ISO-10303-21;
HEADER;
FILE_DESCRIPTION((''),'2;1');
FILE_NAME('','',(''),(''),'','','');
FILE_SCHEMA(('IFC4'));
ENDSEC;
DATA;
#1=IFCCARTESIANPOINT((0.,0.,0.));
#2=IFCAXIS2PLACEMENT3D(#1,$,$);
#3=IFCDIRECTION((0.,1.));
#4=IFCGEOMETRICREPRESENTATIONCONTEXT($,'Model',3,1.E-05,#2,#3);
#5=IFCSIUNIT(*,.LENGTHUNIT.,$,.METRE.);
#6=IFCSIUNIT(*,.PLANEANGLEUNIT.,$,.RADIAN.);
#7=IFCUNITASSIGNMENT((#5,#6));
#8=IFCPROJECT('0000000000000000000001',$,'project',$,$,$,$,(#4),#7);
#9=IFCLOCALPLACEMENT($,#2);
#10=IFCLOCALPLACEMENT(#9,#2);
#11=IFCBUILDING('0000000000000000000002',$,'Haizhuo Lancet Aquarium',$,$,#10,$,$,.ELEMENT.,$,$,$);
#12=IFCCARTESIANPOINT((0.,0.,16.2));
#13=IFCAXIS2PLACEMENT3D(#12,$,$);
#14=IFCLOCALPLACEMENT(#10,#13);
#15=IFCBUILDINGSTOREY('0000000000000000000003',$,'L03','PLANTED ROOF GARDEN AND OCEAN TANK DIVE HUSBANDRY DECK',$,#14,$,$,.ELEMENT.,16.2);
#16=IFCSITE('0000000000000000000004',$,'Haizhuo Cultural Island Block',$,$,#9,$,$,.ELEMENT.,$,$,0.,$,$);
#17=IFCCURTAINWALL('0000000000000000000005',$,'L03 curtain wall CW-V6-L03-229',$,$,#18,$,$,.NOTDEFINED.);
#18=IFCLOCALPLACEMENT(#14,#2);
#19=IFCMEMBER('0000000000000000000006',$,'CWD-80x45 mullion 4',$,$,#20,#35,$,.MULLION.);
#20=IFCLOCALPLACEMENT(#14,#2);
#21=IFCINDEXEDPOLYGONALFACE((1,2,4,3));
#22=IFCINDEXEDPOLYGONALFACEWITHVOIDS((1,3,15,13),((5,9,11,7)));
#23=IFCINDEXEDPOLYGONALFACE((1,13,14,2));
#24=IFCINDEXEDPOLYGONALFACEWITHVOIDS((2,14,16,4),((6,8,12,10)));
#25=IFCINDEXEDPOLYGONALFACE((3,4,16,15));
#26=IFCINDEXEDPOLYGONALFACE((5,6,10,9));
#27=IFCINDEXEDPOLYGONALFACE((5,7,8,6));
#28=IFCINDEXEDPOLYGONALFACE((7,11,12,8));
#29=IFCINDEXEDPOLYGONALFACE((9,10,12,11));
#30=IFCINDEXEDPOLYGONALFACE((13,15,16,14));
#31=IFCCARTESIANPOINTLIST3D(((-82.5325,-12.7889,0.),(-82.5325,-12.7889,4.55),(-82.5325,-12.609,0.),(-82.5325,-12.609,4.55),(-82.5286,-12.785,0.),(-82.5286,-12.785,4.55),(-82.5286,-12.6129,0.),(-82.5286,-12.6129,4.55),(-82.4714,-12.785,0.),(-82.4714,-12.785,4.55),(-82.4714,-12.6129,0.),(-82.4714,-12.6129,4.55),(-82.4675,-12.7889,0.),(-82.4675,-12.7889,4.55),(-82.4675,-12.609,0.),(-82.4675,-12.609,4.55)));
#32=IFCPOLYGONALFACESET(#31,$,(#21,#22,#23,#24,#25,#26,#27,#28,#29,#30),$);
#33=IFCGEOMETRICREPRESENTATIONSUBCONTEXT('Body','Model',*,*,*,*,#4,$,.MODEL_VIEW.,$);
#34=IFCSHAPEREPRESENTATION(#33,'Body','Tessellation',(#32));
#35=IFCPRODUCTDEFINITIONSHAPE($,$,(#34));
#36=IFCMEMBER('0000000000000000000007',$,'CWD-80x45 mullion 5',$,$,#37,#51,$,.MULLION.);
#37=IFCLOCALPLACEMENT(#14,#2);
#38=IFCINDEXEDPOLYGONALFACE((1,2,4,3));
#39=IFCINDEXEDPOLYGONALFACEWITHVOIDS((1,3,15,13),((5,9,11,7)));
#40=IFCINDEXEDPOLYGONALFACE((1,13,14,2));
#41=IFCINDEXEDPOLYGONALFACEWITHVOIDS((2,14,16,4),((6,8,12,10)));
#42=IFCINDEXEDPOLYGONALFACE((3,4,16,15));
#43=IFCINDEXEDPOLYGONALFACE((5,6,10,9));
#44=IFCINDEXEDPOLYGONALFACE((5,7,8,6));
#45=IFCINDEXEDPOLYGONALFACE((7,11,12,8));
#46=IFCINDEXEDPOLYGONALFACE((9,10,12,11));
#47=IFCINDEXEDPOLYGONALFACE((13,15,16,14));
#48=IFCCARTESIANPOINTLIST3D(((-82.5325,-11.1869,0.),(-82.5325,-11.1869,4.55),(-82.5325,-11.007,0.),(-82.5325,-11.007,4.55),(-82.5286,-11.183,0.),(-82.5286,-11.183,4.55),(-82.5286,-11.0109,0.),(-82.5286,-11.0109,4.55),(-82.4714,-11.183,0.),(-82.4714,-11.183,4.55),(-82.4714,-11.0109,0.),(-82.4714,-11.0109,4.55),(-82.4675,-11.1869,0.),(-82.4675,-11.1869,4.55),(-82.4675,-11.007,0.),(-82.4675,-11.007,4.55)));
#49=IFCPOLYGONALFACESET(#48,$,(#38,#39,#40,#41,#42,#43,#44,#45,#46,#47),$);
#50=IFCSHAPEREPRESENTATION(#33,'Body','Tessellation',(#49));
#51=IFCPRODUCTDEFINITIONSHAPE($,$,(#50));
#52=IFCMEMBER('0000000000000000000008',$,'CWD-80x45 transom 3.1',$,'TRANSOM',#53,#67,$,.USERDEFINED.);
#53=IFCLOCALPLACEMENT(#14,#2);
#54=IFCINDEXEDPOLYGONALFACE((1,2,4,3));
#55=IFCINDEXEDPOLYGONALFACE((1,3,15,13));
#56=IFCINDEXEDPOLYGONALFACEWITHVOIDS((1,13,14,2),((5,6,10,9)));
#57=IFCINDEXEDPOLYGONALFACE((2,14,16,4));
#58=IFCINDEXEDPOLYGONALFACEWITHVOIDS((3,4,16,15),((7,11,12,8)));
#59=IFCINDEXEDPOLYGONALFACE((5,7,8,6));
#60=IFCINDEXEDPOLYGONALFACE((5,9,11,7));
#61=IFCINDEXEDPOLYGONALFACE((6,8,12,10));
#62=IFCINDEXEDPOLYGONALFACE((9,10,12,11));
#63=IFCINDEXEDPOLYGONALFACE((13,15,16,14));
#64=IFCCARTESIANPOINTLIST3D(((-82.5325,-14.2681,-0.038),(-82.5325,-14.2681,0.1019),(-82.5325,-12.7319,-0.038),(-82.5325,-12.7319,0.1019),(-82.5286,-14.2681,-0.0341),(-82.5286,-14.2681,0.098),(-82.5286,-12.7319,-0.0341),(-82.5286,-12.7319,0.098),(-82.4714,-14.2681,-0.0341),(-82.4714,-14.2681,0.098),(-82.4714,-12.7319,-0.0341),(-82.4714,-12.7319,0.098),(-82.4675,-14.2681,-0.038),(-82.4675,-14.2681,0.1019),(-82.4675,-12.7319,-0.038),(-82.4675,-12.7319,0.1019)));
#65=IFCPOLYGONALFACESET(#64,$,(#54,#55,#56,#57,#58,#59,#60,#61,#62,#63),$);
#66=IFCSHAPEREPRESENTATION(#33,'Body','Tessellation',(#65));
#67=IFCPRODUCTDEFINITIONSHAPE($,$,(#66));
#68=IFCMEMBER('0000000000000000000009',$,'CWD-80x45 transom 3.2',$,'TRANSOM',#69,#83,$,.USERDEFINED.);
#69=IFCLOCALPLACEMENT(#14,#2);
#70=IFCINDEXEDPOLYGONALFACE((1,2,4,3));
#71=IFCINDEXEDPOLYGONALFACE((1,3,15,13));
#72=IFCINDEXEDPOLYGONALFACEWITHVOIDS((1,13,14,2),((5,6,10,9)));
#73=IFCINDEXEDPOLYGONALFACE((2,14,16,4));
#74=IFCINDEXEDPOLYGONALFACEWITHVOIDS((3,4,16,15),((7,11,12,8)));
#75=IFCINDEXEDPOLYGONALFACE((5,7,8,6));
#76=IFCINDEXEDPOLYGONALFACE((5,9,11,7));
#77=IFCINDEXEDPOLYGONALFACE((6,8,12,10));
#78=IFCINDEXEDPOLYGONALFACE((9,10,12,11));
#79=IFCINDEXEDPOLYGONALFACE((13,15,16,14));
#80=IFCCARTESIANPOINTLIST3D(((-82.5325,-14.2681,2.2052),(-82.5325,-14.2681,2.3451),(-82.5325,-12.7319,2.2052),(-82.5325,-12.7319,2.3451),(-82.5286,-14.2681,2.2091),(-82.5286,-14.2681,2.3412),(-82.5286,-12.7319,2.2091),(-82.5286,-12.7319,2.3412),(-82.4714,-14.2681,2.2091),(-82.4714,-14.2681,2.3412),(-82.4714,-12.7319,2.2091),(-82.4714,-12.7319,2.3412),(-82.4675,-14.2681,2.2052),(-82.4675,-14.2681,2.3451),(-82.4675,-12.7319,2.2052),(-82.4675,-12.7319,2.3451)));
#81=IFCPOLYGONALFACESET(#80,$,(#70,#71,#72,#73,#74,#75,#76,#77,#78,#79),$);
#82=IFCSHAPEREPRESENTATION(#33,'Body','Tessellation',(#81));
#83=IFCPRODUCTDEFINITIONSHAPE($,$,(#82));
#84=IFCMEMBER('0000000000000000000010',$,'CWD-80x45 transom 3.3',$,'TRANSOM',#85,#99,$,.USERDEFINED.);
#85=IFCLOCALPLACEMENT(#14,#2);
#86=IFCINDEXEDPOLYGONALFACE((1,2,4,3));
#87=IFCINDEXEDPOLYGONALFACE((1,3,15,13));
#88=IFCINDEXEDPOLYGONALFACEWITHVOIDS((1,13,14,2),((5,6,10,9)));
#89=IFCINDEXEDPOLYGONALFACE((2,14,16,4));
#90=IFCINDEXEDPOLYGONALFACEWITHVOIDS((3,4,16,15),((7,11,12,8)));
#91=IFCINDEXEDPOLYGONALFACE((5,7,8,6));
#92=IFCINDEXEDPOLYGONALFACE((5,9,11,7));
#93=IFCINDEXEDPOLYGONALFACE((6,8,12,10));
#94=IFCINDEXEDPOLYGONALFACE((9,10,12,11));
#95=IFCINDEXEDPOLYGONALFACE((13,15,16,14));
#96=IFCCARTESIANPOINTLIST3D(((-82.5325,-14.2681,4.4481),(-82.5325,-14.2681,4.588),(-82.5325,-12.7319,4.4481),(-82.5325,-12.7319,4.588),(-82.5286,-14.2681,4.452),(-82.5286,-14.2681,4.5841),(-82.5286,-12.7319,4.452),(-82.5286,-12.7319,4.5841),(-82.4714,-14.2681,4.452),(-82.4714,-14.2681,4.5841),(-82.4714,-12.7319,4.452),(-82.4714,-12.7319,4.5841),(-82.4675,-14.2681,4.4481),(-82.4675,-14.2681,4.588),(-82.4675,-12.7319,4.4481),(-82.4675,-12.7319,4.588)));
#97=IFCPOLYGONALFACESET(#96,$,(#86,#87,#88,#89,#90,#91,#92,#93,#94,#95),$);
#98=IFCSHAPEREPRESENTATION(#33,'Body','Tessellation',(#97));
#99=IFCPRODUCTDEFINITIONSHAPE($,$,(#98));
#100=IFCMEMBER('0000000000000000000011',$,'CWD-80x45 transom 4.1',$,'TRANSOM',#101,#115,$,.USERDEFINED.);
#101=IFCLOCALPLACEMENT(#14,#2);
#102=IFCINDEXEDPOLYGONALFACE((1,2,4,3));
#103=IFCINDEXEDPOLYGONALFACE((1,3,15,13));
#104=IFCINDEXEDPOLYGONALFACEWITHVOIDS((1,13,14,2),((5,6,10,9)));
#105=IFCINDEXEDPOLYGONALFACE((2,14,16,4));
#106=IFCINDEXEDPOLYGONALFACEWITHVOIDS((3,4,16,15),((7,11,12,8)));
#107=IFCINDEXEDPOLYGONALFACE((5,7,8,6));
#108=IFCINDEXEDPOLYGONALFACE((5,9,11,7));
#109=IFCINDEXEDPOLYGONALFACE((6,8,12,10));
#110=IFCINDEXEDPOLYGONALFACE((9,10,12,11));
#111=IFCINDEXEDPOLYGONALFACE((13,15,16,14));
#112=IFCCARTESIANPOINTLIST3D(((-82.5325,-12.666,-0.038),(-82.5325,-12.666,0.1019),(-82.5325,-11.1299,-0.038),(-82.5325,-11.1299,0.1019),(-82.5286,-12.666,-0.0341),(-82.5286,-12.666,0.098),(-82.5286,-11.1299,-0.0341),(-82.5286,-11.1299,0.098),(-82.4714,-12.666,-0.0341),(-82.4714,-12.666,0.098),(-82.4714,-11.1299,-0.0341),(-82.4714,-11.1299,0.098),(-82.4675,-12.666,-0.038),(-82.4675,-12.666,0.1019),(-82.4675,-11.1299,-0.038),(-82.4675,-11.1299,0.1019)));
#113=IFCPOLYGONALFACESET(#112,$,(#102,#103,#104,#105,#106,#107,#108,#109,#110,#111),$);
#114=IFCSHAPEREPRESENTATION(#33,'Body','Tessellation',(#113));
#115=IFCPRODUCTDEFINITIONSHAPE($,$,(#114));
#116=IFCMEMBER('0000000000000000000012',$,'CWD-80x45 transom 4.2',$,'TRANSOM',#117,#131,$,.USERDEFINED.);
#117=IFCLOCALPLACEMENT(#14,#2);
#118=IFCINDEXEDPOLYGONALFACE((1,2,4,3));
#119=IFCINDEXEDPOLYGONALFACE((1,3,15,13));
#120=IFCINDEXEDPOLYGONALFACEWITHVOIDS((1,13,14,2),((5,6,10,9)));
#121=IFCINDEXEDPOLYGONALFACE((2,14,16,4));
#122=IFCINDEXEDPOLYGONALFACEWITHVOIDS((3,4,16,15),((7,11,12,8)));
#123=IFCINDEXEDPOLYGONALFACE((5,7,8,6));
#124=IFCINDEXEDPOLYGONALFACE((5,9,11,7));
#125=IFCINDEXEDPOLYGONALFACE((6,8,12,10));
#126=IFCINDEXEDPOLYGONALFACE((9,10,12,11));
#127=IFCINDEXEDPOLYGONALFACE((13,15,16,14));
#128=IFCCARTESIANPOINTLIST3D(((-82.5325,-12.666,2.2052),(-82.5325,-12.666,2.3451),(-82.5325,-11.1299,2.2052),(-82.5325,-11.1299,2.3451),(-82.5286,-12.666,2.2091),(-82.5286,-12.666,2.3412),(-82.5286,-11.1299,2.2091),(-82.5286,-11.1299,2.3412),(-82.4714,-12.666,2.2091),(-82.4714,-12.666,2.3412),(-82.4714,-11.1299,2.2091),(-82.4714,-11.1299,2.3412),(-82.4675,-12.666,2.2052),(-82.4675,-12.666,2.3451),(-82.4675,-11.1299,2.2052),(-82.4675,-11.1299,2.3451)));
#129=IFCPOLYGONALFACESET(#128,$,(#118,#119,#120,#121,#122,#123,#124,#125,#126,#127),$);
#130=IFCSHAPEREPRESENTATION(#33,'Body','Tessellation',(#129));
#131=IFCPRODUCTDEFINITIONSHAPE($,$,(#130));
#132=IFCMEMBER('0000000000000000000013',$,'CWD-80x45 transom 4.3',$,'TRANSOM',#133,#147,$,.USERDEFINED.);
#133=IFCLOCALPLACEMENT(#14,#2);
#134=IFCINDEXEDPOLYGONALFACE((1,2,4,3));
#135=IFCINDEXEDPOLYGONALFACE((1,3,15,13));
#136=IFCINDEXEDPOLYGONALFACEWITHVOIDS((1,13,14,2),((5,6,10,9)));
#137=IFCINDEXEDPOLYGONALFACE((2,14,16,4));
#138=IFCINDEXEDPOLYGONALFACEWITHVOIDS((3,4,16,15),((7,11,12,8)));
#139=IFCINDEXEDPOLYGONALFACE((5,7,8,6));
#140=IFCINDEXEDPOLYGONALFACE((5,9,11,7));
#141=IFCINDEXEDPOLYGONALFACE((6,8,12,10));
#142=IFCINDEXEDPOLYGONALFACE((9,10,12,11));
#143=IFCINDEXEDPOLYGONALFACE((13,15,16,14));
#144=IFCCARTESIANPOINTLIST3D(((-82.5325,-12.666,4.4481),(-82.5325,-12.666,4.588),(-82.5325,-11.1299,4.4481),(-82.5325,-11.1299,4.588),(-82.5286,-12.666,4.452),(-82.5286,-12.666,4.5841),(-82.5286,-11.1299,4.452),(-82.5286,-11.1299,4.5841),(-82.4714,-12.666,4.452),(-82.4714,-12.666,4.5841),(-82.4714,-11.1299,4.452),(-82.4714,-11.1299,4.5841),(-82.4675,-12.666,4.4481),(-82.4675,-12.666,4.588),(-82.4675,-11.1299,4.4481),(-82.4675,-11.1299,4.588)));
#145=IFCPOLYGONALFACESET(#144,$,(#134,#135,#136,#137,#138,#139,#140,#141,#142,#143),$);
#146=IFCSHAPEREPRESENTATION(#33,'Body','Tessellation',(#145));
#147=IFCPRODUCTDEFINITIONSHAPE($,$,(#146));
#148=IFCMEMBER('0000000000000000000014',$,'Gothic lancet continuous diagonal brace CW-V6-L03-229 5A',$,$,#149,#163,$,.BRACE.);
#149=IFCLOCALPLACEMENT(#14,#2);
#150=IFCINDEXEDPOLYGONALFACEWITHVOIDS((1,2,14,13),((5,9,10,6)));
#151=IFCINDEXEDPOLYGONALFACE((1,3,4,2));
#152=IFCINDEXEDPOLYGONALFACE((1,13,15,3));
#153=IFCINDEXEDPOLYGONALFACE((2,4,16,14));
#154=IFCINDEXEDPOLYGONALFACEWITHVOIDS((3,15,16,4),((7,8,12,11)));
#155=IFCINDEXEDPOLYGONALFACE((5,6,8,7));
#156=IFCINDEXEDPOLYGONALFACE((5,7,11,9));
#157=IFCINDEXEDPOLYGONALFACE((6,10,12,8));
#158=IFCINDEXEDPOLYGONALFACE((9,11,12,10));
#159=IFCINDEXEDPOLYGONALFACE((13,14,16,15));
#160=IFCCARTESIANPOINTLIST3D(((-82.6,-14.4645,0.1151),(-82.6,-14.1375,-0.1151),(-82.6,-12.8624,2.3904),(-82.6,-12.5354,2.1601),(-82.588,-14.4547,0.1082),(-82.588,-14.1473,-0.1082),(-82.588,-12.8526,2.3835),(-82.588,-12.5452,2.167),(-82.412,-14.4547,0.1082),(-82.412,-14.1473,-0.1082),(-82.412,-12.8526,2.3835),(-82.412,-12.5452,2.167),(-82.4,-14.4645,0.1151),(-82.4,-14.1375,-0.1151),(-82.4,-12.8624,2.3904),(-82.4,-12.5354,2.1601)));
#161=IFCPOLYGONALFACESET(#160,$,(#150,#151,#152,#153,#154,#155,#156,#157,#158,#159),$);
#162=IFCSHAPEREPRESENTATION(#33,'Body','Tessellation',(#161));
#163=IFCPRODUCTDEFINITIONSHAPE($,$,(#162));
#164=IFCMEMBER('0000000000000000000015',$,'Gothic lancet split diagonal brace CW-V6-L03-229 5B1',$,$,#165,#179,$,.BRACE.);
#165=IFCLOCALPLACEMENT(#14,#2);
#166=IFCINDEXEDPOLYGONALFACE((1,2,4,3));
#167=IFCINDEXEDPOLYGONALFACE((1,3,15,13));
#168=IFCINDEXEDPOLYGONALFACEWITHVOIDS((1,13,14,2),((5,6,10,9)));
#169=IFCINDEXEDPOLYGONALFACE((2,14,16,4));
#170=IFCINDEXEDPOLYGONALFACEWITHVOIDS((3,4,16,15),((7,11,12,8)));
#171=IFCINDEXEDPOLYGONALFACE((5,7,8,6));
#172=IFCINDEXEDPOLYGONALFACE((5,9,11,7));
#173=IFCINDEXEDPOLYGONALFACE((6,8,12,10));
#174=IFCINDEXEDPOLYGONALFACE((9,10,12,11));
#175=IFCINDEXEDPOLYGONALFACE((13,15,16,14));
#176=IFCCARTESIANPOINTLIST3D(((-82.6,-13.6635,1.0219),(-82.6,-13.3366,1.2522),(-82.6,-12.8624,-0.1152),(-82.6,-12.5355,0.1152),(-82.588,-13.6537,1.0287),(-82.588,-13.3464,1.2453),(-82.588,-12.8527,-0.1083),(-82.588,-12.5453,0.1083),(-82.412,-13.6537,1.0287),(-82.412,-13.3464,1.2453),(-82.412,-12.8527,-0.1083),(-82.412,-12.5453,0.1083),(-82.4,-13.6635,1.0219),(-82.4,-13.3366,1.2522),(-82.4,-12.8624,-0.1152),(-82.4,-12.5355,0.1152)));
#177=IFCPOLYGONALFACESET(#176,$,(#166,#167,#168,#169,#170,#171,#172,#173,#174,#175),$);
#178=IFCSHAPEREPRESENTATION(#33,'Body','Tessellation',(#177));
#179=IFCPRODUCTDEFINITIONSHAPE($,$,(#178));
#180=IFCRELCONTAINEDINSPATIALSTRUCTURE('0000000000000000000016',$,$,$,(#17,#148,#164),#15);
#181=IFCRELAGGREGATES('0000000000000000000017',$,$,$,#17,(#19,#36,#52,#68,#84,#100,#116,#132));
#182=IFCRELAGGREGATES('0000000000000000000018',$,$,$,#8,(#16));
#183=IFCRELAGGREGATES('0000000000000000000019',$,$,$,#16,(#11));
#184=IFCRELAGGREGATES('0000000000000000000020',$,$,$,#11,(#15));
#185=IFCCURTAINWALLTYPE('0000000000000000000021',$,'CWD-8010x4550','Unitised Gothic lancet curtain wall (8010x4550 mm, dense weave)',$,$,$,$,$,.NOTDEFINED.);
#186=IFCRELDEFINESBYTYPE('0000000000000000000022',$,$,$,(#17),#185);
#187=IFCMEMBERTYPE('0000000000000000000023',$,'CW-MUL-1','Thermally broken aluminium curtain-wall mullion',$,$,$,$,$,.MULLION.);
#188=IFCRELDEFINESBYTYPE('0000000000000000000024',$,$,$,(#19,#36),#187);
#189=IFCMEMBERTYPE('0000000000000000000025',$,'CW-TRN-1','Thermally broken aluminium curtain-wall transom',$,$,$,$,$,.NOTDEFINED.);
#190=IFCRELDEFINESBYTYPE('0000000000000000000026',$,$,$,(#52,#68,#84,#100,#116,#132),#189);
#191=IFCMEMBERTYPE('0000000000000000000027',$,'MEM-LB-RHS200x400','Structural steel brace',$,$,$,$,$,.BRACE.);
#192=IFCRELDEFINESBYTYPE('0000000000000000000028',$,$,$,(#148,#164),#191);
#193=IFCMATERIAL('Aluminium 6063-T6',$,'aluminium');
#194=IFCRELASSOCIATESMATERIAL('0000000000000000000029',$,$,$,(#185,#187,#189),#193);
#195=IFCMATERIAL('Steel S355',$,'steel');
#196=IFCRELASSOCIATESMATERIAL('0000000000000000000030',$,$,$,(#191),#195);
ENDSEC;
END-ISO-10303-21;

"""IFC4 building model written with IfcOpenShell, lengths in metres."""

from ifc_helpers import new_model, si_unit, direction, frame, origin, origin_2d, place, context, subcontext, project, spatial, hollow_rectangle, extrude, material, material_profile, profile_set, type_object, element, aggregate, save


model = new_model("IFC4")

# Units and contexts
model_context = context("Model", 3, precision=1e-05, world=origin(), true_north=direction((0.0, 1.0)))
body_context = subcontext(model_context, "Body", "Model", "MODEL_VIEW")
ifc_project = project(units=[si_unit("LENGTHUNIT", "METRE"), si_unit("PLANEANGLEUNIT", "RADIAN")], contexts=[model_context])

# Site, building, storey
site_placement = place(None, origin())
site = spatial("IfcSite", under=ifc_project, at=site_placement, Name="Haizhuo Cultural Island Block", CompositionType="ELEMENT", RefElevation=0.0)
building_placement = place(site_placement, origin())
building = spatial("IfcBuilding", under=site, at=building_placement, Name="Haizhuo Lancet Aquarium", CompositionType="ELEMENT")
storey_placement = place(building_placement, frame((0.0, 0.0, 16.2)))
storey = spatial("IfcBuildingStorey", under=building, at=storey_placement, Name="L03", Description="PLANTED ROOF GARDEN AND OCEAN TANK DIVE HUSBANDRY DECK", CompositionType="ELEMENT", Elevation=16.2)

# Curtain wall, members
ifc_material_1 = material(Name="Aluminium 6063-T6", Category="aluminium")
curtain_wall_type = type_object("IfcCurtainWallType", Name="CWD-8010x4550", Description="Unitised Gothic lancet curtain wall (8010x4550 mm, dense weave)", PredefinedType="NOTDEFINED", material=ifc_material_1)
curtain_wall_placement = place(storey_placement, origin())
curtain_wall = element("IfcCurtainWall", 1, at=curtain_wall_placement, inside=storey, type_object=curtain_wall_type, Name="L03 curtain wall CW-V6-L03-229", PredefinedType="NOTDEFINED")
ifc_material_profile_1 = material_profile(ifc_material_1, hollow_rectangle(XDim=0.0649, YDim=0.1799, WallThickness=0.0039, at=origin_2d()), Name="ALU-M 65x180x4")
ifc_profile_set_1 = profile_set([ifc_material_profile_1], Name="Aluminium 6063-T6")
member_type_1 = type_object("IfcMemberType", Name="CW-MUL-1", Description="Thermally broken aluminium curtain-wall mullion", PredefinedType="MULLION", material=ifc_profile_set_1)
member_1_placement = place(storey_placement, frame((-82.5, -12.699, 0.0), z_axis=(0.0, 0.0, 1.0), x_axis=(-1.0, 0.0, 0.0)))
member_1 = element("IfcMember", 2, at=member_1_placement, type_object=member_type_1, Name="CWD-80x45 mullion 4", PredefinedType="MULLION", context=body_context, shape_type="SweptSolid", body=[
    extrude(hollow_rectangle(XDim=0.0649, YDim=0.1799, WallThickness=0.0039, at=origin_2d()), origin(), (0.0, 0.0, 1.0), 4.55),
])
member_2_placement = place(storey_placement, frame((-82.5, -11.0969, 0.0), z_axis=(0.0, 0.0, 1.0), x_axis=(-1.0, 0.0, 0.0)))
member_2 = element("IfcMember", 3, at=member_2_placement, type_object=member_type_1, Name="CWD-80x45 mullion 5", PredefinedType="MULLION", context=body_context, shape_type="SweptSolid", body=[
    extrude(hollow_rectangle(XDim=0.0649, YDim=0.1799, WallThickness=0.0039, at=origin_2d()), origin(), (0.0, 0.0, 1.0), 4.55),
])
ifc_material_profile_2 = material_profile(ifc_material_1, hollow_rectangle(XDim=0.0649, YDim=0.1399, WallThickness=0.0039, at=origin_2d()), Name="ALU-T 65x140x4")
ifc_profile_set_2 = profile_set([ifc_material_profile_2], Name="Aluminium 6063-T6")
member_type_2 = type_object("IfcMemberType", Name="CW-TRN-1", Description="Thermally broken aluminium curtain-wall transom", PredefinedType="NOTDEFINED", material=ifc_profile_set_2)
member_3_placement = place(storey_placement, frame((-82.5, -14.2681, 0.032), z_axis=(0.0, 1.0, 0.0), x_axis=(-1.0, 0.0, 0.0)))
member_3 = element("IfcMember", 4, at=member_3_placement, type_object=member_type_2, Name="CWD-80x45 transom 3.1", ObjectType="TRANSOM", PredefinedType="USERDEFINED", context=body_context, shape_type="SweptSolid", body=[
    extrude(hollow_rectangle(XDim=0.0649, YDim=0.1399, WallThickness=0.0039, at=origin_2d()), origin(), (0.0, 0.0, 1.0), 1.5361),
])
member_4_placement = place(storey_placement, frame((-82.5, -14.2681, 2.2751), z_axis=(0.0, 1.0, 0.0), x_axis=(-1.0, 0.0, 0.0)))
member_4 = element("IfcMember", 5, at=member_4_placement, type_object=member_type_2, Name="CWD-80x45 transom 3.2", ObjectType="TRANSOM", PredefinedType="USERDEFINED", context=body_context, shape_type="SweptSolid", body=[
    extrude(hollow_rectangle(XDim=0.0649, YDim=0.1399, WallThickness=0.0039, at=origin_2d()), origin(), (0.0, 0.0, 1.0), 1.5361),
])
member_5_placement = place(storey_placement, frame((-82.5, -14.2681, 4.5181), z_axis=(0.0, 1.0, 0.0), x_axis=(-1.0, 0.0, 0.0)))
member_5 = element("IfcMember", 6, at=member_5_placement, type_object=member_type_2, Name="CWD-80x45 transom 3.3", ObjectType="TRANSOM", PredefinedType="USERDEFINED", context=body_context, shape_type="SweptSolid", body=[
    extrude(hollow_rectangle(XDim=0.0649, YDim=0.1399, WallThickness=0.0039, at=origin_2d()), origin(), (0.0, 0.0, 1.0), 1.5361),
])
member_6_placement = place(storey_placement, frame((-82.5, -12.666, 0.032), z_axis=(0.0, 1.0, 0.0), x_axis=(-1.0, 0.0, 0.0)))
member_6 = element("IfcMember", 7, at=member_6_placement, type_object=member_type_2, Name="CWD-80x45 transom 4.1", ObjectType="TRANSOM", PredefinedType="USERDEFINED", context=body_context, shape_type="SweptSolid", body=[
    extrude(hollow_rectangle(XDim=0.0649, YDim=0.1399, WallThickness=0.0039, at=origin_2d()), origin(), (0.0, 0.0, 1.0), 1.5361),
])
member_7_placement = place(storey_placement, frame((-82.5, -12.666, 2.2751), z_axis=(0.0, 1.0, 0.0), x_axis=(-1.0, 0.0, 0.0)))
member_7 = element("IfcMember", 8, at=member_7_placement, type_object=member_type_2, Name="CWD-80x45 transom 4.2", ObjectType="TRANSOM", PredefinedType="USERDEFINED", context=body_context, shape_type="SweptSolid", body=[
    extrude(hollow_rectangle(XDim=0.0649, YDim=0.1399, WallThickness=0.0039, at=origin_2d()), origin(), (0.0, 0.0, 1.0), 1.5361),
])
member_8_placement = place(storey_placement, frame((-82.5, -12.666, 4.5181), z_axis=(0.0, 1.0, 0.0), x_axis=(-1.0, 0.0, 0.0)))
member_8 = element("IfcMember", 9, at=member_8_placement, type_object=member_type_2, Name="CWD-80x45 transom 4.3", ObjectType="TRANSOM", PredefinedType="USERDEFINED", context=body_context, shape_type="SweptSolid", body=[
    extrude(hollow_rectangle(XDim=0.0649, YDim=0.1399, WallThickness=0.0039, at=origin_2d()), origin(), (0.0, 0.0, 1.0), 1.5361),
])

# Members
ifc_material_2 = material(Name="Steel S355", Category="steel")
ifc_material_profile_3 = material_profile(ifc_material_2, hollow_rectangle(XDim=0.2, YDim=0.3999, WallThickness=0.012, at=origin_2d()), Name="RHS 200x400x12")
ifc_profile_set_3 = profile_set([ifc_material_profile_3], Name="Steel S355")
member_type_3 = type_object("IfcMemberType", Name="MEM-LB-RHS200x400", Description="Structural steel brace", PredefinedType="BRACE", material=ifc_profile_set_3)
member_9_placement = place(storey_placement, frame((-82.5, -14.301, 0.0), z_axis=(0.0, 0.575739, 0.817634), x_axis=(-1.0, 0.0, 0.0)))
element("IfcMember", 10, at=member_9_placement, inside=storey, type_object=member_type_3, Name="Gothic lancet continuous diagonal brace CW-V6-L03-229 5A", PredefinedType="BRACE", context=body_context, shape_type="SweptSolid", body=[
    extrude(hollow_rectangle(XDim=0.2, YDim=0.3999, WallThickness=0.012, at=origin_2d()), origin(), (0.0, 0.0, 1.0), 2.7827),
])
member_10_placement = place(storey_placement, frame((-82.5, -12.699, 0.0), z_axis=(0.0, -0.575946, 0.817488), x_axis=(1.0, 0.0, 0.0)))
element("IfcMember", 11, at=member_10_placement, inside=storey, type_object=member_type_3, Name="Gothic lancet split diagonal brace CW-V6-L03-229 5B1", PredefinedType="BRACE", context=body_context, shape_type="SweptSolid", body=[
    extrude(hollow_rectangle(XDim=0.2, YDim=0.3999, WallThickness=0.012, at=origin_2d()), origin(), (0.0, 0.0, 1.0), 1.3909),
])

aggregate(curtain_wall, [member_1, member_2, member_3, member_4, member_5, member_6, member_7, member_8])

save(model, "model.ifc")
